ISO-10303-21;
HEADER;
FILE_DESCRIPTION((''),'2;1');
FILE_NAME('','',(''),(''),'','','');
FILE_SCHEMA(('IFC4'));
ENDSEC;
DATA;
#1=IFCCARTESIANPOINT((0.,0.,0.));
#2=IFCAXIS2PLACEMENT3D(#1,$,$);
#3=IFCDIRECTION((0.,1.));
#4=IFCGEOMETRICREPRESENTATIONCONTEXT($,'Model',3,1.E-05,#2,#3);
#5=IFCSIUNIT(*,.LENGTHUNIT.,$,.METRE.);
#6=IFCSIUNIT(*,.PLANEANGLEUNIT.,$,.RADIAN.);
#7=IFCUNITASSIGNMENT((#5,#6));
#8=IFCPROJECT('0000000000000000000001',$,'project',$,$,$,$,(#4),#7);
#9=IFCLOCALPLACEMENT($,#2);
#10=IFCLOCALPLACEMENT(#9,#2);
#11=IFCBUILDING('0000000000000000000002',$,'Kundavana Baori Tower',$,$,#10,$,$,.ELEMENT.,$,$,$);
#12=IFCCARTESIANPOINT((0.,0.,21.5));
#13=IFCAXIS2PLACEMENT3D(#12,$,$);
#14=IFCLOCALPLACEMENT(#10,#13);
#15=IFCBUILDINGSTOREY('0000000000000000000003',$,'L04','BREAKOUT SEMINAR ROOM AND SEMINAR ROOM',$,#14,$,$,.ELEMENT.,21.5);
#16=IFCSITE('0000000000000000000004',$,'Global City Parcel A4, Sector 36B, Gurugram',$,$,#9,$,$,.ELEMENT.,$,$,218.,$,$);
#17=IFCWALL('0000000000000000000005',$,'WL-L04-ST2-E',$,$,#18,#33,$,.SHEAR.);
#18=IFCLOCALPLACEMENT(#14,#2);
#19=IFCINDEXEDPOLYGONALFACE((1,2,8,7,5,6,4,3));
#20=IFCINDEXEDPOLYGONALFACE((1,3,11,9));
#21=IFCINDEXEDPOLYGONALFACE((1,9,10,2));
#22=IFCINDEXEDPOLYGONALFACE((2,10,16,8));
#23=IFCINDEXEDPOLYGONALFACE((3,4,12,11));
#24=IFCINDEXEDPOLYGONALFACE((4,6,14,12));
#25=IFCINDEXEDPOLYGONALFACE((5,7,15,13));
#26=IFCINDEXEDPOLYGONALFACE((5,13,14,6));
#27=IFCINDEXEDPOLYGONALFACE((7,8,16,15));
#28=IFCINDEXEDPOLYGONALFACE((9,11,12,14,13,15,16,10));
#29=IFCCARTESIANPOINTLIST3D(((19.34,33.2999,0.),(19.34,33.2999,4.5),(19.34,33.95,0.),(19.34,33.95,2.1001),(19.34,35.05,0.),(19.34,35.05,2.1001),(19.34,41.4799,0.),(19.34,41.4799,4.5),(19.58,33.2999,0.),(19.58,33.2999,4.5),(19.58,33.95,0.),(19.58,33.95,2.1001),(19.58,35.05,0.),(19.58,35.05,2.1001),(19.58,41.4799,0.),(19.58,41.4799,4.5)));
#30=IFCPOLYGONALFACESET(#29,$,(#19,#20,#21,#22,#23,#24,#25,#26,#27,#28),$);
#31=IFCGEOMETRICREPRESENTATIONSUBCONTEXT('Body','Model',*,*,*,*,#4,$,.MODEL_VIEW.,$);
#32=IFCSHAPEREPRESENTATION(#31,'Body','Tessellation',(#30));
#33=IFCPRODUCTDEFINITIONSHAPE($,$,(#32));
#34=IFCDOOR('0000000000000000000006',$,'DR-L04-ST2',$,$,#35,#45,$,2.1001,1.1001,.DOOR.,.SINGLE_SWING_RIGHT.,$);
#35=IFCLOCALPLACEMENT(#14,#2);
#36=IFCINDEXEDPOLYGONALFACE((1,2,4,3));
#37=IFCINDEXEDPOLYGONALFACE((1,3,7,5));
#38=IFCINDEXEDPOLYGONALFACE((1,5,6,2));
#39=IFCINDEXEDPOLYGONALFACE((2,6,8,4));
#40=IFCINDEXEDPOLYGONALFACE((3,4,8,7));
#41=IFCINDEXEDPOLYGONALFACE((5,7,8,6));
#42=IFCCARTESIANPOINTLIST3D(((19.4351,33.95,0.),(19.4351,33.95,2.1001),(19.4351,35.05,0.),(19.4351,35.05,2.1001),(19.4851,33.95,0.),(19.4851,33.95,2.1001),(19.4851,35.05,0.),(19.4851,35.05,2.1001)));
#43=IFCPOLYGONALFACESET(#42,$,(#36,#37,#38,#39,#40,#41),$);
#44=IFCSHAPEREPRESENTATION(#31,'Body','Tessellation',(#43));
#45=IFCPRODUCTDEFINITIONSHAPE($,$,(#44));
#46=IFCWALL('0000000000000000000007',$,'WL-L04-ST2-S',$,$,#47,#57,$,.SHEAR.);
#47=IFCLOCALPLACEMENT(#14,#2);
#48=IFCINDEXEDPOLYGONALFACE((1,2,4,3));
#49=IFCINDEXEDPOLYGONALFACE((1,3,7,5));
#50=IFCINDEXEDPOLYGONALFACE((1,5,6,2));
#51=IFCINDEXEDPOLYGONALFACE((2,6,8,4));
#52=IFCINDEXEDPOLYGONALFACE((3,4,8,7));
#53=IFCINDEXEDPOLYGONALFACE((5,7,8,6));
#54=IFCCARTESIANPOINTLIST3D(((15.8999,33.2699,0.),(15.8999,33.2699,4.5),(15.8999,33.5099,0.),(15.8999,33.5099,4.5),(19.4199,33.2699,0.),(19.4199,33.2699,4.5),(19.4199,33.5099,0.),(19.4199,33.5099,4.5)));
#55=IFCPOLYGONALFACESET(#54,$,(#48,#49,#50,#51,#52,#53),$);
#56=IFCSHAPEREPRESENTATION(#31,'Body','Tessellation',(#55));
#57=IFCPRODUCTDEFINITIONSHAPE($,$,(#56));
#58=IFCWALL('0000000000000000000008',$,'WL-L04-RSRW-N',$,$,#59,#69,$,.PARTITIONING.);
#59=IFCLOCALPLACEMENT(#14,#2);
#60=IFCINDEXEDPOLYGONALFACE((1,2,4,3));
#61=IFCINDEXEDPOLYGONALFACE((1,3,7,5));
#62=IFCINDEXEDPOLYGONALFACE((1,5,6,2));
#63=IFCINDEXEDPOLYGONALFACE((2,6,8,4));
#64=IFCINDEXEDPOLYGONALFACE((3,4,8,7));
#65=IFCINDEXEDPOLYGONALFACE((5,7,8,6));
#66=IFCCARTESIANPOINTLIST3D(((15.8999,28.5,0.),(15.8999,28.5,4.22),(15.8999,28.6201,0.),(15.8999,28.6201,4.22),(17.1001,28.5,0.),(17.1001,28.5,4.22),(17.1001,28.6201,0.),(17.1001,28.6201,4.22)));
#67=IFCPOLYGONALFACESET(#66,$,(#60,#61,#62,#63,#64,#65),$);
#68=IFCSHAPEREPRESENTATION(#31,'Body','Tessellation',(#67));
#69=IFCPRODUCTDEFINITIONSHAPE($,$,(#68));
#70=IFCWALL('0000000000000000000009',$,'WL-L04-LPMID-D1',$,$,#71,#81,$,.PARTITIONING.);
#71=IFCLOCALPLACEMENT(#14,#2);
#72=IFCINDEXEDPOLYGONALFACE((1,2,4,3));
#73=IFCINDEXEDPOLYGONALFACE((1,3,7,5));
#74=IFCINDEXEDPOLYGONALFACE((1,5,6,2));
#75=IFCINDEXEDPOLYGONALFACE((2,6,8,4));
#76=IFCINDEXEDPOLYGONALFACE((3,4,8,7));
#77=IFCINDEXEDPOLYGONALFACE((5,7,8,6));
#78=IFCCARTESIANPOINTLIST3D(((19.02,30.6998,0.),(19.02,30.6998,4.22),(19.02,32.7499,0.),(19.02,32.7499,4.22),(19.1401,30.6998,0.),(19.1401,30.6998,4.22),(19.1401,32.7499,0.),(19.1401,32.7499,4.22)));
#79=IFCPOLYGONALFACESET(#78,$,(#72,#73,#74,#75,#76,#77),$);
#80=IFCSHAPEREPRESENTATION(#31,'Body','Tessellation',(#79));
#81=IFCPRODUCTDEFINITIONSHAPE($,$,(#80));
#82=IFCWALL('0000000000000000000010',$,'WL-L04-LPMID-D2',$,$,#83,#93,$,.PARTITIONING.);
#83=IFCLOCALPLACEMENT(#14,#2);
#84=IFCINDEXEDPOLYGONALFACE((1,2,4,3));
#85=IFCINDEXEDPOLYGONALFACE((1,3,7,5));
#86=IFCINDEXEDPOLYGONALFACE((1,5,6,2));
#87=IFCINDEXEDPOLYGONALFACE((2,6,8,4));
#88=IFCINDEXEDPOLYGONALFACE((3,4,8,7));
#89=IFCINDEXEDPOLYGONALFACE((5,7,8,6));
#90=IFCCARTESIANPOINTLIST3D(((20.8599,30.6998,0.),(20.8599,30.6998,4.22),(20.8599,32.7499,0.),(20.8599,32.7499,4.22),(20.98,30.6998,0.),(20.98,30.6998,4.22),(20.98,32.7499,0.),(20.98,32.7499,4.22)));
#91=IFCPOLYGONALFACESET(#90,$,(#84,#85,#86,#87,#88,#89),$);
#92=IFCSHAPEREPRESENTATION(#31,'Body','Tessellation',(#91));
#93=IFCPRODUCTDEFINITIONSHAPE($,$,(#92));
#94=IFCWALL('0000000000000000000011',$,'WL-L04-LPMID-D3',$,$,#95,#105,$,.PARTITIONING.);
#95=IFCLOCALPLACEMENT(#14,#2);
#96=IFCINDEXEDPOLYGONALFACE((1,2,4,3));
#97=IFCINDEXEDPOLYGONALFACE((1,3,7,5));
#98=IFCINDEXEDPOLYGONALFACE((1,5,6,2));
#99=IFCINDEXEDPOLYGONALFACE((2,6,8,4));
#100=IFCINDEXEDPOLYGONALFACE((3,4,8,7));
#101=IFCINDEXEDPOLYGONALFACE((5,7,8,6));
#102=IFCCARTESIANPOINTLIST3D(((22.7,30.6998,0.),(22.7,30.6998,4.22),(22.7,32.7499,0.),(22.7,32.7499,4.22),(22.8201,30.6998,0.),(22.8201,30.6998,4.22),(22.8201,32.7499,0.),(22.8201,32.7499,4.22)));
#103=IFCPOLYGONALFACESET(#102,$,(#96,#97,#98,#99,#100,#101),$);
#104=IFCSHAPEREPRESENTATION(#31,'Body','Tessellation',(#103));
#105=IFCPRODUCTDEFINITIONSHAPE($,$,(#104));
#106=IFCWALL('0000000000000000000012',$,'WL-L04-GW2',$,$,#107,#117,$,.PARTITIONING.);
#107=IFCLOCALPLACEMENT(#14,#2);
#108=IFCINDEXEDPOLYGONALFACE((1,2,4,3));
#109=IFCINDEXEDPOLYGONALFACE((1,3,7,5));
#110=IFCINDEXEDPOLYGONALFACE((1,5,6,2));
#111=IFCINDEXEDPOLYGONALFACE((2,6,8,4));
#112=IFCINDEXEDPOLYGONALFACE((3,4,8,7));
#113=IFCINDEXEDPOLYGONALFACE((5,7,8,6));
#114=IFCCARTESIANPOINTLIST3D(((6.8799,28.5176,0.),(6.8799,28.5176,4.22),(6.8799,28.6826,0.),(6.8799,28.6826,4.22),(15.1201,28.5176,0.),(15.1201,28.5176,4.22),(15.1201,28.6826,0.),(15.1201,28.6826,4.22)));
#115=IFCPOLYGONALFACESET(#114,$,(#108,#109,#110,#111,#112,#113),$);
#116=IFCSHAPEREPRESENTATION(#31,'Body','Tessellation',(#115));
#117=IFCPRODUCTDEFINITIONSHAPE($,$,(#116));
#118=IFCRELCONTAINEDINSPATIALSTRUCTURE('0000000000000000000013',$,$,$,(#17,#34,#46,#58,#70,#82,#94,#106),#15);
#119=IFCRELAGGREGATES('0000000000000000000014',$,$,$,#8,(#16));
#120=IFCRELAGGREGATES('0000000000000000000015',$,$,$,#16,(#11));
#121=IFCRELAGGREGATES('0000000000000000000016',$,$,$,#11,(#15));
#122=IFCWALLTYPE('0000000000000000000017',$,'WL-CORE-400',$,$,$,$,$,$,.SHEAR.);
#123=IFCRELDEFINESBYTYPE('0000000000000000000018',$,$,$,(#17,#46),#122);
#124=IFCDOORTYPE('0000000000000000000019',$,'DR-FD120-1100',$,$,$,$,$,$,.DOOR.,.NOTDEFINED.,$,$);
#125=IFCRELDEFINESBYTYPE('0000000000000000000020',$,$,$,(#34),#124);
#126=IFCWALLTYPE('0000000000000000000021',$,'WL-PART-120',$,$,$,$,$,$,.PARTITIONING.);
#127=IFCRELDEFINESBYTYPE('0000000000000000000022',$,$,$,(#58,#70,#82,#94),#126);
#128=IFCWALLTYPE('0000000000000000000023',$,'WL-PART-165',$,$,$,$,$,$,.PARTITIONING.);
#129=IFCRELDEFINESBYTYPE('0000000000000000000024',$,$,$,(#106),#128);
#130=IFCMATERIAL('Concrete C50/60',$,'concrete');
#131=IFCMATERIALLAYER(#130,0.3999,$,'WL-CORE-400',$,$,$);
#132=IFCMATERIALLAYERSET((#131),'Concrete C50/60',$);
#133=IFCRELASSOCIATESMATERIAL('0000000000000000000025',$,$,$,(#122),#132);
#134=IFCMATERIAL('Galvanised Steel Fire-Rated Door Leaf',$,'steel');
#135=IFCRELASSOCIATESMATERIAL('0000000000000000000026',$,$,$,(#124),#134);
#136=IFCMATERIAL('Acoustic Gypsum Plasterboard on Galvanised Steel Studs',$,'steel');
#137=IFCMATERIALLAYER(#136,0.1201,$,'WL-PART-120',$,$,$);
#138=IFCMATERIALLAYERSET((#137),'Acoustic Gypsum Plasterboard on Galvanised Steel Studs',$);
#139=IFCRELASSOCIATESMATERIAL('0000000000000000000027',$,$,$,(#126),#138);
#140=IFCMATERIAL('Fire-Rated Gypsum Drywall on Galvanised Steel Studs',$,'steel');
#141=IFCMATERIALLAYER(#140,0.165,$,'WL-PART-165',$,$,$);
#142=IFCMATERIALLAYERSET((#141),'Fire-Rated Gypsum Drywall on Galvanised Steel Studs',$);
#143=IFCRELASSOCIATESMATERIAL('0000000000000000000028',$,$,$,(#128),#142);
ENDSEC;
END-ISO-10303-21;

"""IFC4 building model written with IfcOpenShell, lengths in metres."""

from ifc_helpers import new_model, si_unit, direction, frame, frame_2d, origin, place, context, subcontext, project, spatial, rectangle, extrude, material, layer, layer_set, type_object, element, fill, save


model = new_model("IFC4")

# Units and contexts
model_context = context("Model", 3, precision=1e-05, world=origin(), true_north=direction((0.0, 1.0)))
body_context = subcontext(model_context, "Body", "Model", "MODEL_VIEW")
ifc_project = project(units=[si_unit("LENGTHUNIT", "METRE"), si_unit("PLANEANGLEUNIT", "RADIAN")], contexts=[model_context])

# Site, building, storey
site_placement = place(None, origin())
site = spatial("IfcSite", under=ifc_project, at=site_placement, Name="Global City Parcel A4, Sector 36B, Gurugram", CompositionType="ELEMENT", RefElevation=218.0)
building_placement = place(site_placement, origin())
building = spatial("IfcBuilding", under=site, at=building_placement, Name="Kundavana Baori Tower", CompositionType="ELEMENT")
storey_placement = place(building_placement, frame((0.0, 0.0, 21.5)))
storey = spatial("IfcBuildingStorey", under=building, at=storey_placement, Name="L04", Description="BREAKOUT SEMINAR ROOM AND SEMINAR ROOM", CompositionType="ELEMENT", Elevation=21.5)

# Wall, opening, door
ifc_material_1 = material(Name="Concrete C50/60", Category="concrete")
ifc_layer_1 = layer(ifc_material_1, 0.3999, Name="WL-CORE-400")
ifc_layer_set_1 = layer_set([ifc_layer_1], Name="Concrete C50/60")
wall_type_1 = type_object("IfcWallType", Name="WL-CORE-400", PredefinedType="SHEAR", material=ifc_layer_set_1)
wall_1_placement = place(storey_placement, frame((19.46, 33.3, 0.0), z_axis=(0.0, 0.0, 1.0), x_axis=(0.0, 1.0, 0.0)))
wall_1 = element("IfcWall", 1, at=wall_1_placement, inside=storey, type_object=wall_type_1, Name="WL-L04-ST2-E", PredefinedType="SHEAR", context=body_context, shape_type="SweptSolid", body=[
    extrude(rectangle(XDim=8.1799, YDim=0.24, at=frame_2d((4.0898, 0.0))), origin(), (0.0, 0.0, 1.0), 4.5),
])
opening_1_placement = place(wall_1_placement, frame((0.6499, 0.0, 0.0)))
opening_1 = element("IfcOpeningElement", 2, at=opening_1_placement, cuts=wall_1, PredefinedType="OPENING", context=body_context, shape_type="SweptSolid", body=[
    extrude(rectangle(XDim=1.1001, YDim=2.1001, at=frame_2d((0.55, 1.05))), frame((0.0, 0.1299, 0.0), z_axis=(0.0, -1.0, 0.0), x_axis=(1.0, 0.0, 0.0)), (0.0, 0.0, 1.0), 0.26),
])
ifc_material_2 = material(Name="Galvanised Steel Fire-Rated Door Leaf", Category="steel")
door_type_1 = type_object("IfcDoorType", Name="DR-FD120-1100", OperationType="NOTDEFINED", PredefinedType="DOOR", material=ifc_material_2)
door_1_placement = place(opening_1_placement, origin())
door_1 = element("IfcDoor", 3, at=door_1_placement, inside=storey, type_object=door_type_1, Name="DR-L04-ST2", OperationType="SINGLE_SWING_RIGHT", OverallHeight=2.1001, OverallWidth=1.1001, PredefinedType="DOOR", context=body_context, shape_type="SweptSolid", body=[
    extrude(rectangle(XDim=1.1001, YDim=2.1001, at=frame_2d((0.55, 1.05))), frame((0.0, 0.0249, 0.0), z_axis=(0.0, -1.0, 0.0), x_axis=(1.0, 0.0, 0.0)), (0.0, 0.0, 1.0), 0.05),
])
fill(opening_1, door_1)

# Walls
wall_2_placement = place(storey_placement, frame((15.8999, 33.3899, 0.0), z_axis=(0.0, 0.0, 1.0), x_axis=(1.0, 0.0, 0.0)))
element("IfcWall", 4, at=wall_2_placement, inside=storey, type_object=wall_type_1, Name="WL-L04-ST2-S", PredefinedType="SHEAR", context=body_context, shape_type="SweptSolid", body=[
    extrude(rectangle(XDim=3.52, YDim=0.24, at=frame_2d((1.76, 0.0))), origin(), (0.0, 0.0, 1.0), 4.5),
])
ifc_material_3 = material(Name="Acoustic Gypsum Plasterboard on Galvanised Steel Studs", Category="steel")
ifc_layer_2 = layer(ifc_material_3, 0.1201, Name="WL-PART-120")
ifc_layer_set_2 = layer_set([ifc_layer_2], Name="Acoustic Gypsum Plasterboard on Galvanised Steel Studs")
wall_type_2 = type_object("IfcWallType", Name="WL-PART-120", PredefinedType="PARTITIONING", material=ifc_layer_set_2)
wall_3_placement = place(storey_placement, frame((15.8999, 28.5601, 0.0), z_axis=(0.0, 0.0, 1.0), x_axis=(1.0, 0.0, 0.0)))
element("IfcWall", 5, at=wall_3_placement, inside=storey, type_object=wall_type_2, Name="WL-L04-RSRW-N", PredefinedType="PARTITIONING", context=body_context, shape_type="SweptSolid", body=[
    extrude(rectangle(XDim=1.2002, YDim=0.1201, at=frame_2d((0.6001, 0.0))), origin(), (0.0, 0.0, 1.0), 4.22),
])
for number, where, z_axis, x_axis, name in (
    (6, (19.0801, 30.7, 0.0), (0.0, 0.0, 1.0), (0.0, 1.0, 0.0), "WL-L04-LPMID-D1"),
    (7, (20.9199, 30.7, 0.0), (0.0, 0.0, 1.0), (0.0, 1.0, 0.0), "WL-L04-LPMID-D2"),
    (8, (22.76, 30.7, 0.0), (0.0, 0.0, 1.0), (0.0, 1.0, 0.0), "WL-L04-LPMID-D3"),
):
    element("IfcWall", number, at=place(storey_placement, frame(where, z_axis=z_axis, x_axis=x_axis)), inside=storey, type_object=wall_type_2, Name=name, PredefinedType="PARTITIONING", context=body_context, shape_type="SweptSolid", body=[
        extrude(rectangle(XDim=2.05, YDim=0.1201, at=frame_2d((1.0249, 0.0))), origin(), (0.0, 0.0, 1.0), 4.22),
    ])
ifc_material_4 = material(Name="Fire-Rated Gypsum Drywall on Galvanised Steel Studs", Category="steel")
ifc_layer_3 = layer(ifc_material_4, 0.165, Name="WL-PART-165")
ifc_layer_set_3 = layer_set([ifc_layer_3], Name="Fire-Rated Gypsum Drywall on Galvanised Steel Studs")
wall_type_3 = type_object("IfcWallType", Name="WL-PART-165", PredefinedType="PARTITIONING", material=ifc_layer_set_3)
wall_4_placement = place(storey_placement, frame((6.8799, 28.6001, 0.0), z_axis=(0.0, 0.0, 1.0), x_axis=(1.0, 0.0, 0.0)))
element("IfcWall", 9, at=wall_4_placement, inside=storey, type_object=wall_type_3, Name="WL-L04-GW2", PredefinedType="PARTITIONING", context=body_context, shape_type="SweptSolid", body=[
    extrude(rectangle(XDim=8.2402, YDim=0.165, at=frame_2d((4.1201, 0.0))), origin(), (0.0, 0.0, 1.0), 4.22),
])

save(model, "model.ifc")
